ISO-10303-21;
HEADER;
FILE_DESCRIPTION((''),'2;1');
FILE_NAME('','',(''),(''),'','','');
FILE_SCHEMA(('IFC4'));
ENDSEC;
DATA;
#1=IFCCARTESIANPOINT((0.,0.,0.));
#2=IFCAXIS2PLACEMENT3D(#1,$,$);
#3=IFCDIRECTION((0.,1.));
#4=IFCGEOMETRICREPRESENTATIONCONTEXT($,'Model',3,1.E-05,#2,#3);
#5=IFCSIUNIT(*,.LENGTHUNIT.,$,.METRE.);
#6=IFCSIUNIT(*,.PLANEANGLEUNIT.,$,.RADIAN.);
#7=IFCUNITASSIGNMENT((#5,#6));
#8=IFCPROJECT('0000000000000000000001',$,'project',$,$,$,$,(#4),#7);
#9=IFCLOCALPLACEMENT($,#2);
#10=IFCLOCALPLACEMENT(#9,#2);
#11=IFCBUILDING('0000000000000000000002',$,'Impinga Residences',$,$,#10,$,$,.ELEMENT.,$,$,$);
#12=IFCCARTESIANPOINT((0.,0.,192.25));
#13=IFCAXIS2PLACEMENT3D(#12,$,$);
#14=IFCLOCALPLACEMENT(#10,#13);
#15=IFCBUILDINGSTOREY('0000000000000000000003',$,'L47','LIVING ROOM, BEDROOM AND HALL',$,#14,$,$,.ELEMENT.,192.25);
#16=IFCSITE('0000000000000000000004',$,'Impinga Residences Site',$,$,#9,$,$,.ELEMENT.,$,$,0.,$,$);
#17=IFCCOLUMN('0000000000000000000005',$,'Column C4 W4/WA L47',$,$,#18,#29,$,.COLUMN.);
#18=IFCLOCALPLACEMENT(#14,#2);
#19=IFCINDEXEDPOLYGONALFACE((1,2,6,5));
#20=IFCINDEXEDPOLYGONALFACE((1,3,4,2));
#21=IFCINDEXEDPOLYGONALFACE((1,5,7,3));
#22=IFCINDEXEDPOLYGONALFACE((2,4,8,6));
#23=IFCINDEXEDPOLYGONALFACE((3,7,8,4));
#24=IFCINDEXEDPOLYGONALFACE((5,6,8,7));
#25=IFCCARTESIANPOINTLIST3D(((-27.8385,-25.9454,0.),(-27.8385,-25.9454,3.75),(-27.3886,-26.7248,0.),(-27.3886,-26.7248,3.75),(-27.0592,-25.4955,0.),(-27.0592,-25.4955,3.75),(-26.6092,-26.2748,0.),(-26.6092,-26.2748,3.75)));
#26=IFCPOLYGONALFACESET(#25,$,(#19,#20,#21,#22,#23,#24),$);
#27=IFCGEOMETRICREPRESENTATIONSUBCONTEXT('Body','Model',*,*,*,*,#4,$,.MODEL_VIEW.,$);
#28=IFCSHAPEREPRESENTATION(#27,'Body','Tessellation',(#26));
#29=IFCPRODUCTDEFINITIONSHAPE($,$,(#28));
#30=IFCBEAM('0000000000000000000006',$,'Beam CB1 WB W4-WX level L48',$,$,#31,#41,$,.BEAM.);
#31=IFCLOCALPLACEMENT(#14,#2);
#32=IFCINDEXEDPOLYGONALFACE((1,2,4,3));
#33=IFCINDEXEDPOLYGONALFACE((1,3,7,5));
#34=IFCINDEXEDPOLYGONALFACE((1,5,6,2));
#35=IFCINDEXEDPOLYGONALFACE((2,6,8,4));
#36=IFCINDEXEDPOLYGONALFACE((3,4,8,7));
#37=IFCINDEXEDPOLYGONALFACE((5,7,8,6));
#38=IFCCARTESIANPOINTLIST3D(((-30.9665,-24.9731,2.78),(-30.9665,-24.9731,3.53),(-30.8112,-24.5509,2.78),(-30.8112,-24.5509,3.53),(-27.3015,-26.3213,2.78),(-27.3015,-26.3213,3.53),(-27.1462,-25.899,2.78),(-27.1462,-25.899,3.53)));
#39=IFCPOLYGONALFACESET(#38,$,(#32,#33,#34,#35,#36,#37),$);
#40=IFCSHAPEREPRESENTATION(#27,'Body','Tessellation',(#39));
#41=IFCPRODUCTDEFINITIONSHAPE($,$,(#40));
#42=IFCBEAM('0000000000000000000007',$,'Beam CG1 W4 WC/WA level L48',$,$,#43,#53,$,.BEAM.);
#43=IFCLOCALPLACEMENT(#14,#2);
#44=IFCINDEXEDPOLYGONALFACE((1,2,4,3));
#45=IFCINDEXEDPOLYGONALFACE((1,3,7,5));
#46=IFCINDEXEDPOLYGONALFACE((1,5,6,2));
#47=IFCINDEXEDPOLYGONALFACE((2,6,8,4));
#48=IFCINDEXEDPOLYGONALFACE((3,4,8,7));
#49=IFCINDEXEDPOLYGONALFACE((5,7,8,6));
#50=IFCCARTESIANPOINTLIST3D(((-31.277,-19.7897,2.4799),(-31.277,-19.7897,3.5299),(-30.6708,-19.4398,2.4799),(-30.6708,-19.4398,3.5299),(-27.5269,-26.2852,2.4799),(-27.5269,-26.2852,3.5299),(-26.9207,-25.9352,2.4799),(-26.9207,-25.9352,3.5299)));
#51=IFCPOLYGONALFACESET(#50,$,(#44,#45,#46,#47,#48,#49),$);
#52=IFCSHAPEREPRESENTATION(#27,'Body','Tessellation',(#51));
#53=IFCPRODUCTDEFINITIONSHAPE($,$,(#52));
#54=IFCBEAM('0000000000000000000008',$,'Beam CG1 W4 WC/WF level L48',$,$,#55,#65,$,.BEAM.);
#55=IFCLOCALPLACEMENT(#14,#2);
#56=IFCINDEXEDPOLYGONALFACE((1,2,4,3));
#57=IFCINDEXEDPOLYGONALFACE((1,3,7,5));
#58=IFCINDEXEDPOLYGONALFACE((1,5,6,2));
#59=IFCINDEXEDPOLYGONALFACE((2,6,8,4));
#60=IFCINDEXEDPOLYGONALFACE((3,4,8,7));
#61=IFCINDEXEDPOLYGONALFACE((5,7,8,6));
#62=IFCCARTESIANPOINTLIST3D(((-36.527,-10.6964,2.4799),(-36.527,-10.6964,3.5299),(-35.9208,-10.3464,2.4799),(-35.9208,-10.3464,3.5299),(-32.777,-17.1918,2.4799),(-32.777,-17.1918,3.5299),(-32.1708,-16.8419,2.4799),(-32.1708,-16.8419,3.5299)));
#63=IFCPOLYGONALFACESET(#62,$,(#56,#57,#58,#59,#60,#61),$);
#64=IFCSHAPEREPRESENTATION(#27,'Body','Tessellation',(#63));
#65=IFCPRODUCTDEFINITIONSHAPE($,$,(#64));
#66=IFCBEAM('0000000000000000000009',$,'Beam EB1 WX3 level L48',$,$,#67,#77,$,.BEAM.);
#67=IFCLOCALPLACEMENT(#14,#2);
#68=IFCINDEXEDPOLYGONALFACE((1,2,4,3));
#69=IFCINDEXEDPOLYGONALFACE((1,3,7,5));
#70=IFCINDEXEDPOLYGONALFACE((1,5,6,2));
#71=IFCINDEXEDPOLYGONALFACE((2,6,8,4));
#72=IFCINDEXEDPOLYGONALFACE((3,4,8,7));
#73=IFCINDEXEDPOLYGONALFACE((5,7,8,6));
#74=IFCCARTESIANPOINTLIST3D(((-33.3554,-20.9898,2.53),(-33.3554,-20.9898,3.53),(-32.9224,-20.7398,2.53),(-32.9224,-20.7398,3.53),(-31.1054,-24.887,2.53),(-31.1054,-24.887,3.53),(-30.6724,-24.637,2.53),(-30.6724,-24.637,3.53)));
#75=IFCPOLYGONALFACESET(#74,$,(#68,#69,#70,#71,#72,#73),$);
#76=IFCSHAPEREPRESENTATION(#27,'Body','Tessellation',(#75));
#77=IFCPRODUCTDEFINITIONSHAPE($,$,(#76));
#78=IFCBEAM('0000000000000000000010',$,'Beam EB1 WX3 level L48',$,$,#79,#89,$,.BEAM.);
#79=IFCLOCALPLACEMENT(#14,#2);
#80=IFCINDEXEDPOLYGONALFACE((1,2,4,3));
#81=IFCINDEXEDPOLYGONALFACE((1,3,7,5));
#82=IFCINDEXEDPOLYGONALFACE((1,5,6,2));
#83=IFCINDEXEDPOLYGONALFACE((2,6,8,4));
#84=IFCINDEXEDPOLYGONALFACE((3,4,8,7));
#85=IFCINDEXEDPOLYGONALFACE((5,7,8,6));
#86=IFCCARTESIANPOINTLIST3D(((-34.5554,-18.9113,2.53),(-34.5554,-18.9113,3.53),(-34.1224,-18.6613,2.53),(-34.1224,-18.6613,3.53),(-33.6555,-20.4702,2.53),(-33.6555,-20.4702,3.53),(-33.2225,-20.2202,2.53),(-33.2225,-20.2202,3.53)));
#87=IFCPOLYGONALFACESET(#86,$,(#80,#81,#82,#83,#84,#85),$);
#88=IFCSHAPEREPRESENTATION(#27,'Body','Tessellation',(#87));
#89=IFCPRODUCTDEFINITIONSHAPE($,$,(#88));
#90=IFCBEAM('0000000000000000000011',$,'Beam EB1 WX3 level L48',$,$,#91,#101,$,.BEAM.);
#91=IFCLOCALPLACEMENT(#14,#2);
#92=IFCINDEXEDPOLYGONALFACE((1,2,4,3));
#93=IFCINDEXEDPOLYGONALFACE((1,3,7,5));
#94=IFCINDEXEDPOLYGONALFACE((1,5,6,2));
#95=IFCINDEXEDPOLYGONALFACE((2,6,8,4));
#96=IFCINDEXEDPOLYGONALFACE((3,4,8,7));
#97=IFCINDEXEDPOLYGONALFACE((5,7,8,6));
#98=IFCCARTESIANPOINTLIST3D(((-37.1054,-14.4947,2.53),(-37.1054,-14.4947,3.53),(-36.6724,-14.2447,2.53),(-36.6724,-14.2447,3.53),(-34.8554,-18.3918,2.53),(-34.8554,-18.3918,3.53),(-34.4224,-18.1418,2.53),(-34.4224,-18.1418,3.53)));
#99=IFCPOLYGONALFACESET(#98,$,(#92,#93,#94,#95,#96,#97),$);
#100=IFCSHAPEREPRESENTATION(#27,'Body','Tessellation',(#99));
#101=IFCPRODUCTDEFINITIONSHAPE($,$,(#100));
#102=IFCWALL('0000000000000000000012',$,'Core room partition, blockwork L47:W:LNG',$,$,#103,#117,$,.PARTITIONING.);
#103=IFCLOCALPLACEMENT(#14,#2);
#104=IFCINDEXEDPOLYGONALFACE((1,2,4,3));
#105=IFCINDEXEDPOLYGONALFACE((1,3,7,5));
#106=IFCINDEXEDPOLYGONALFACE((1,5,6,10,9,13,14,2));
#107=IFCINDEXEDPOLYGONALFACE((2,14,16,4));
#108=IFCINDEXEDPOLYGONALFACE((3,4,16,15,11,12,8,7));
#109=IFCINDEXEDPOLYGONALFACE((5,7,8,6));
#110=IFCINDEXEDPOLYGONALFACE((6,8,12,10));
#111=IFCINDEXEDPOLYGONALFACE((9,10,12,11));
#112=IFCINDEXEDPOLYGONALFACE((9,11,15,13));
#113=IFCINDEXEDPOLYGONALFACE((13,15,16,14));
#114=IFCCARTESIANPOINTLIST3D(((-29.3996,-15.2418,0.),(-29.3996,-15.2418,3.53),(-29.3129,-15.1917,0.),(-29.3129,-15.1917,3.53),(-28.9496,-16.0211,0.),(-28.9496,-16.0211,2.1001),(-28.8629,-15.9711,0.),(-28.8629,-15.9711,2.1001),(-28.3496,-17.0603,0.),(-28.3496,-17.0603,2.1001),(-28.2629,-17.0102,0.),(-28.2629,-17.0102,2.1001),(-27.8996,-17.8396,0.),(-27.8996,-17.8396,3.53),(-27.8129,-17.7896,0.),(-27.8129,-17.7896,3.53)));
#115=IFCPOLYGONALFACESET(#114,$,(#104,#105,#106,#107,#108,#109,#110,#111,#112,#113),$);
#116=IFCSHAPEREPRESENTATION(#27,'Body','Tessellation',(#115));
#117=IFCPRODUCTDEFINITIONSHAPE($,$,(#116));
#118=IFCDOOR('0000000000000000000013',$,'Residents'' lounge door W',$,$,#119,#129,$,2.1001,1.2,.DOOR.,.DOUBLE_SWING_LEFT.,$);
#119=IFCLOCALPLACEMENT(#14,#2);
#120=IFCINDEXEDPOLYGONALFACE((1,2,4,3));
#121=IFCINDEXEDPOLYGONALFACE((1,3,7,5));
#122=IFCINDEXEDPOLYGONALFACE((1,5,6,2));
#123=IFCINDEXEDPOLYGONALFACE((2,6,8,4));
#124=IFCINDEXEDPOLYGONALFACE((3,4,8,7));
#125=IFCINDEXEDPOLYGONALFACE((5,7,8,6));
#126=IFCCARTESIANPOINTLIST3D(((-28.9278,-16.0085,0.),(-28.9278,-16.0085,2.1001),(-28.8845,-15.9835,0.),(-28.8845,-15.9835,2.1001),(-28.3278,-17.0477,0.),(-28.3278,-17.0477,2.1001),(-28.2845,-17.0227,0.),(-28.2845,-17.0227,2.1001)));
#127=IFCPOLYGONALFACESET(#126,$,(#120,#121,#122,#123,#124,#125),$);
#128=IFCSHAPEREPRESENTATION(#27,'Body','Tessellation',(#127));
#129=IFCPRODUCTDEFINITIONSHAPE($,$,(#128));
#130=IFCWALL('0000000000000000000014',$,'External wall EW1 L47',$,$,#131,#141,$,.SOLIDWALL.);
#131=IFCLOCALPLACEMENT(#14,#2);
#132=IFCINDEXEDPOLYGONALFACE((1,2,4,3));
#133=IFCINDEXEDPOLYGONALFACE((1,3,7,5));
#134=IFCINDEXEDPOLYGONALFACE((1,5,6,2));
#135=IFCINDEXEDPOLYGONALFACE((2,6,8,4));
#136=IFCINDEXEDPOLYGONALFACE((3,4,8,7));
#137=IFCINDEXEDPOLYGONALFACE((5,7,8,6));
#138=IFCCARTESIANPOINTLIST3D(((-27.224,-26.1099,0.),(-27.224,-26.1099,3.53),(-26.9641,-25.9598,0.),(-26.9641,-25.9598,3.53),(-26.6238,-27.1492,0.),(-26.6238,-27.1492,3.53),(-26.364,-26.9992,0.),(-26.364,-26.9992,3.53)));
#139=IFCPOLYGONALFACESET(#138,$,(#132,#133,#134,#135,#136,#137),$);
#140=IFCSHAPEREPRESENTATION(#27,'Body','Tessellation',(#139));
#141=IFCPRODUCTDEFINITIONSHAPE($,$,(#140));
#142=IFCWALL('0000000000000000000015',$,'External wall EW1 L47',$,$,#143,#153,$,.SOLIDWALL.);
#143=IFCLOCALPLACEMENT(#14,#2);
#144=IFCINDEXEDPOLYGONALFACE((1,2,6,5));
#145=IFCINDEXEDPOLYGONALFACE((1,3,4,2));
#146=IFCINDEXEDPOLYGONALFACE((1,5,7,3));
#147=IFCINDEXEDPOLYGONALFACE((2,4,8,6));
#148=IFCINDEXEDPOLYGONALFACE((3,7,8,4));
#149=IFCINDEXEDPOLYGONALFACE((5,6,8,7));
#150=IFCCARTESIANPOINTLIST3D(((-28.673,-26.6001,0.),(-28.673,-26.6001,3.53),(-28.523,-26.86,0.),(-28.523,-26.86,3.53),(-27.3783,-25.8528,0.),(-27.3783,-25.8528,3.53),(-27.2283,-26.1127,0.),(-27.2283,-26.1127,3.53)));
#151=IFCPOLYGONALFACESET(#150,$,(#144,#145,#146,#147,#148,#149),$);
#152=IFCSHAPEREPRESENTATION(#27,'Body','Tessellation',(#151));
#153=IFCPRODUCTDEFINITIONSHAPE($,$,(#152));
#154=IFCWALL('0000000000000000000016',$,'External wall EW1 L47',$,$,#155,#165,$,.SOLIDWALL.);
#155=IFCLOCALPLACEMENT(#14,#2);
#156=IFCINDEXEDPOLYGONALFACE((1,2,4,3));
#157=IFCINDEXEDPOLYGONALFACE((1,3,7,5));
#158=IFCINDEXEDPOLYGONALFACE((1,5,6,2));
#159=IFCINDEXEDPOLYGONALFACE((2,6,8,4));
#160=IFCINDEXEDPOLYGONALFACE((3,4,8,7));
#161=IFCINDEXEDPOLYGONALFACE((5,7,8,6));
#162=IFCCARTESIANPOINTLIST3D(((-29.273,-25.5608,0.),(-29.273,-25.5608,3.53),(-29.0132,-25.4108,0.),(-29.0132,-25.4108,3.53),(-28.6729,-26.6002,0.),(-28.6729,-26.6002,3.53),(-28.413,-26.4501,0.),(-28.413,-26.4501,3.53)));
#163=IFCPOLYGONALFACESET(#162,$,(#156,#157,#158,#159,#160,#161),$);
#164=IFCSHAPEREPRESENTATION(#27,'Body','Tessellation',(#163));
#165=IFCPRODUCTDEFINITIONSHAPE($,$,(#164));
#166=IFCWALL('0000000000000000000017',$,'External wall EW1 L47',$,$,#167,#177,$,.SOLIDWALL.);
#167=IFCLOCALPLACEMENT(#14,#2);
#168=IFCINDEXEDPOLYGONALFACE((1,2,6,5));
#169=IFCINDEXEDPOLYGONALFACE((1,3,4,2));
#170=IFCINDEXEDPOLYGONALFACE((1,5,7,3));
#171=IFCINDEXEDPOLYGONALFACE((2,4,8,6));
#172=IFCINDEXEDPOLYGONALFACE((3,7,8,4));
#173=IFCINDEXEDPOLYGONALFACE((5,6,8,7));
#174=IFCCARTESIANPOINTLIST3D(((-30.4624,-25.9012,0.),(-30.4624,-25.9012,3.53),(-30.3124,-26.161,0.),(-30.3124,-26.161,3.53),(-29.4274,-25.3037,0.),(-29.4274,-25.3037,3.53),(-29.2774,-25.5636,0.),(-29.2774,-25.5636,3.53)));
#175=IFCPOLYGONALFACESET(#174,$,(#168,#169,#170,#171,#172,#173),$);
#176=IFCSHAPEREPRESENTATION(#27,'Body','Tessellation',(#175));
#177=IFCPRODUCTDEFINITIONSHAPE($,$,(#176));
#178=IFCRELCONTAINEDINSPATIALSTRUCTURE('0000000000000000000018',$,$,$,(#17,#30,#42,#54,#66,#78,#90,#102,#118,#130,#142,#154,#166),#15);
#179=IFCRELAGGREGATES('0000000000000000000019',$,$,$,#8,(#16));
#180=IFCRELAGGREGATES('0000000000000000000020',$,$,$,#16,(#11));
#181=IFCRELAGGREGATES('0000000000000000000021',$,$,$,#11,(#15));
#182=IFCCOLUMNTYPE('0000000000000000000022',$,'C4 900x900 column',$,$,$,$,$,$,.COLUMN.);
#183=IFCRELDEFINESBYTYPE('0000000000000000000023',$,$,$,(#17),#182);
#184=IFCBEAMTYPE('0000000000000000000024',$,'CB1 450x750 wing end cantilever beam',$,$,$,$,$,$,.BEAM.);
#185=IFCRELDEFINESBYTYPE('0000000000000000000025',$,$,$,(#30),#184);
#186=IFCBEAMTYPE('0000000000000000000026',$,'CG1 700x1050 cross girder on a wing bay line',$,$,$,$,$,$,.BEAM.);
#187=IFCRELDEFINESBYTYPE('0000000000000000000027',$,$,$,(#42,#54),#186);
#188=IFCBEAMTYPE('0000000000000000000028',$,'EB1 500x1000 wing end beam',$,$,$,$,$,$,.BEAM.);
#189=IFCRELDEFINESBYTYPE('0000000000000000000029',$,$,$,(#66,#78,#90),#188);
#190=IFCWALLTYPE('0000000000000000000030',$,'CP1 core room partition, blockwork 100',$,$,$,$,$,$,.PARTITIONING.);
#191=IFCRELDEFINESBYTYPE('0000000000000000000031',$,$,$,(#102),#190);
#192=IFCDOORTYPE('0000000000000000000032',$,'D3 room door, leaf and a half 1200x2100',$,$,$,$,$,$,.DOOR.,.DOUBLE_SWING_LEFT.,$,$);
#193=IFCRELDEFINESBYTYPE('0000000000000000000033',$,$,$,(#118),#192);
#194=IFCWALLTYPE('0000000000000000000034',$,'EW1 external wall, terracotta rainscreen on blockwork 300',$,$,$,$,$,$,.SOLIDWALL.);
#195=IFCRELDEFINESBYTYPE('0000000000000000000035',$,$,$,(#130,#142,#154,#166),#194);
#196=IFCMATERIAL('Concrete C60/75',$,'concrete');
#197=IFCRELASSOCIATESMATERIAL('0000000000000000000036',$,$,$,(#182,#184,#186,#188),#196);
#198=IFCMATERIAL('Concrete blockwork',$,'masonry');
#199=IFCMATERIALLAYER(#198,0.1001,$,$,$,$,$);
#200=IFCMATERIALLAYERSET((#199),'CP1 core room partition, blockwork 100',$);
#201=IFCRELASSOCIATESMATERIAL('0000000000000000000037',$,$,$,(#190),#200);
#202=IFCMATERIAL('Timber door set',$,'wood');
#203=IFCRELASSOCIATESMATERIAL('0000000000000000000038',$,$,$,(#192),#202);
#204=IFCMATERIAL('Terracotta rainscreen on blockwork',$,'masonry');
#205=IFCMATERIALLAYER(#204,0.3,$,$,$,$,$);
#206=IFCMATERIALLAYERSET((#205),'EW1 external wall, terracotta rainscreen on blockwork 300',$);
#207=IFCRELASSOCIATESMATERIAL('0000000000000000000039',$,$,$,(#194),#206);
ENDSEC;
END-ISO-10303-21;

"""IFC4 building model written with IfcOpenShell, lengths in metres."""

from ifc_helpers import new_model, si_unit, direction, frame, frame_2d, origin, origin_2d, place, context, subcontext, project, spatial, rectangle, extrude, material, layer, layer_set, material_profile, profile_set, type_object, element, fill, save


model = new_model("IFC4")

# Units and contexts
model_context = context("Model", 3, precision=1e-05, world=origin(), true_north=direction((0.0, 1.0)))
body_context = subcontext(model_context, "Body", "Model", "MODEL_VIEW")
ifc_project = project(units=[si_unit("LENGTHUNIT", "METRE"), si_unit("PLANEANGLEUNIT", "RADIAN")], contexts=[model_context])

# Site, building, storey
site_placement = place(None, origin())
site = spatial("IfcSite", under=ifc_project, at=site_placement, Name="Impinga Residences Site", CompositionType="ELEMENT", RefElevation=0.0)
building_placement = place(site_placement, origin())
building = spatial("IfcBuilding", under=site, at=building_placement, Name="Impinga Residences", CompositionType="ELEMENT")
storey_placement = place(building_placement, frame((0.0, 0.0, 192.25)))
storey = spatial("IfcBuildingStorey", under=building, at=storey_placement, Name="L47", Description="LIVING ROOM, BEDROOM AND HALL", CompositionType="ELEMENT", Elevation=192.25)

# Column
ifc_material_1 = material(Name="Concrete C60/75", Category="concrete")
ifc_material_profile_1 = material_profile(ifc_material_1, rectangle(XDim=0.8999, YDim=0.8999, at=origin_2d()), Name="RC 900x900")
ifc_profile_set_1 = profile_set([ifc_material_profile_1], Name="Concrete C60/75")
column_type = type_object("IfcColumnType", Name="C4 900x900 column", PredefinedType="COLUMN", material=ifc_profile_set_1)
column_placement = place(storey_placement, frame((-27.2239, -26.1101, 0.0), z_axis=(0.0, 0.0, 1.0), x_axis=(-0.5, 0.866025, 0.0)))
element("IfcColumn", 1, at=column_placement, inside=storey, type_object=column_type, Name="Column C4 W4/WA L47", PredefinedType="COLUMN", context=body_context, shape_type="SweptSolid", body=[
    extrude(rectangle(XDim=0.8999, YDim=0.8999, at=origin_2d()), origin(), (0.0, 0.0, 1.0), 3.75),
])

# Beams
ifc_material_profile_2 = material_profile(ifc_material_1, rectangle(XDim=0.45, YDim=0.75, at=origin_2d()), Name="RC 450x750")
ifc_profile_set_2 = profile_set([ifc_material_profile_2], Name="Concrete C60/75")
beam_type_1 = type_object("IfcBeamType", Name="CB1 450x750 wing end cantilever beam", PredefinedType="BEAM", material=ifc_profile_set_2)
beam_1_placement = place(storey_placement, frame((-27.2239, -26.1101, 3.155), z_axis=(-0.93852, 0.345224, 0.0), x_axis=(-0.345224, -0.93852, 0.0)))
element("IfcBeam", 2, at=beam_1_placement, inside=storey, type_object=beam_type_1, Name="Beam CB1 WB W4-WX level L48", PredefinedType="BEAM", context=body_context, shape_type="SweptSolid", body=[
    extrude(rectangle(XDim=0.45, YDim=0.75, at=origin_2d()), origin(), (0.0, 0.0, 1.0), 3.905),
])
ifc_material_profile_3 = material_profile(ifc_material_1, rectangle(XDim=0.7, YDim=1.05, at=origin_2d()), Name="RC 700x1050")
ifc_profile_set_3 = profile_set([ifc_material_profile_3], Name="Concrete C60/75")
beam_type_2 = type_object("IfcBeamType", Name="CG1 700x1050 cross girder on a wing bay line", PredefinedType="BEAM", material=ifc_profile_set_3)
for number, where, z_axis, x_axis, name in (
    (3, (-30.9739, -19.6147, 3.0049), (0.49999, -0.866031, 0.0), (0.866031, 0.49999, 0.0), "Beam CG1 W4 WC/WA level L48"),
    (4, (-32.4739, -17.0168, 3.0049), (-0.49999, 0.866031, 0.0), (-0.866031, -0.49999, 0.0), "Beam CG1 W4 WC/WF level L48"),
):
    element("IfcBeam", number, at=place(storey_placement, frame(where, z_axis=z_axis, x_axis=x_axis)), inside=storey, type_object=beam_type_2, Name=name, PredefinedType="BEAM", context=body_context, shape_type="SweptSolid", body=[
        extrude(rectangle(XDim=0.7, YDim=1.05, at=origin_2d()), origin(), (0.0, 0.0, 1.0), 7.5002),
    ])
ifc_material_profile_4 = material_profile(ifc_material_1, rectangle(XDim=0.5, YDim=1.0, at=origin_2d()), Name="RC 500x1000")
ifc_profile_set_4 = profile_set([ifc_material_profile_4], Name="Concrete C60/75")
beam_type_3 = type_object("IfcBeamType", Name="EB1 500x1000 wing end beam", PredefinedType="BEAM", material=ifc_profile_set_4)
beam_2_placement = place(storey_placement, frame((-30.8889, -24.762, 3.03), z_axis=(-0.49999, 0.866031, 0.0), x_axis=(-0.866031, -0.49999, 0.0)))
element("IfcBeam", 5, at=beam_2_placement, inside=storey, type_object=beam_type_3, Name="Beam EB1 WX3 level L48", PredefinedType="BEAM", context=body_context, shape_type="SweptSolid", body=[
    extrude(rectangle(XDim=0.5, YDim=1.0, at=origin_2d()), origin(), (0.0, 0.0, 1.0), 4.5),
])
beam_3_placement = place(storey_placement, frame((-33.439, -20.3452, 3.03), z_axis=(-0.499961, 0.866048, 0.0), x_axis=(-0.866048, -0.499961, 0.0)))
element("IfcBeam", 6, at=beam_3_placement, inside=storey, type_object=beam_type_3, Name="Beam EB1 WX3 level L48", PredefinedType="BEAM", context=body_context, shape_type="SweptSolid", body=[
    extrude(rectangle(XDim=0.5, YDim=1.0, at=origin_2d()), origin(), (0.0, 0.0, 1.0), 1.8),
])
beam_4_placement = place(storey_placement, frame((-34.6389, -18.2668, 3.03), z_axis=(-0.49999, 0.866031, 0.0), x_axis=(-0.866031, -0.49999, 0.0)))
element("IfcBeam", 7, at=beam_4_placement, inside=storey, type_object=beam_type_3, Name="Beam EB1 WX3 level L48", PredefinedType="BEAM", context=body_context, shape_type="SweptSolid", body=[
    extrude(rectangle(XDim=0.5, YDim=1.0, at=origin_2d()), origin(), (0.0, 0.0, 1.0), 4.5),
])

# Wall, opening, door
ifc_material_2 = material(Name="Concrete blockwork", Category="masonry")
ifc_layer_1 = layer(ifc_material_2, 0.1001)
ifc_layer_set_1 = layer_set([ifc_layer_1], Name="CP1 core room partition, blockwork 100")
wall_type_1 = type_object("IfcWallType", Name="CP1 core room partition, blockwork 100", PredefinedType="PARTITIONING", material=ifc_layer_set_1)
wall_1_placement = place(storey_placement, frame((-27.8562, -17.8147, 0.0), z_axis=(0.0, 0.0, 1.0), x_axis=(-0.500025, 0.866011, 0.0)))
wall_1 = element("IfcWall", 8, at=wall_1_placement, inside=storey, type_object=wall_type_1, Name="Core room partition, blockwork L47:W:LNG", PredefinedType="PARTITIONING", context=body_context, shape_type="SweptSolid", body=[
    extrude(rectangle(XDim=2.9998, YDim=0.1001, at=frame_2d((1.5, 0.0))), origin(), (0.0, 0.0, 1.0), 3.53),
])
opening_1_placement = place(wall_1_placement, frame((0.8999, 0.0, 0.0)))
opening_1 = element("IfcOpeningElement", 9, at=opening_1_placement, cuts=wall_1, PredefinedType="OPENING", context=body_context, shape_type="SweptSolid", body=[
    extrude(rectangle(XDim=1.2, YDim=2.1001, at=frame_2d((0.6001, 1.05))), frame((0.0, 0.0601, 0.0), z_axis=(0.0, -1.0, 0.0), x_axis=(1.0, 0.0, 0.0)), (0.0, 0.0, 1.0), 0.1201),
])
ifc_material_3 = material(Name="Timber door set", Category="wood")
door_type_1 = type_object("IfcDoorType", Name="D3 room door, leaf and a half 1200x2100", OperationType="DOUBLE_SWING_LEFT", PredefinedType="DOOR", material=ifc_material_3)
door_1_placement = place(opening_1_placement, origin())
door_1 = element("IfcDoor", 10, at=door_1_placement, inside=storey, type_object=door_type_1, Name="Residents' lounge door W", OperationType="DOUBLE_SWING_LEFT", OverallHeight=2.1001, OverallWidth=1.2, PredefinedType="DOOR", context=body_context, shape_type="SweptSolid", body=[
    extrude(rectangle(XDim=1.2, YDim=2.1001, at=frame_2d((0.6001, 1.05))), frame((0.0, 0.0249, 0.0), z_axis=(0.0, -1.0, 0.0), x_axis=(1.0, 0.0, 0.0)), (0.0, 0.0, 1.0), 0.05),
])
fill(opening_1, door_1)

# Walls
ifc_material_4 = material(Name="Terracotta rainscreen on blockwork", Category="masonry")
ifc_layer_2 = layer(ifc_material_4, 0.3)
ifc_layer_set_2 = layer_set([ifc_layer_2], Name="EW1 external wall, terracotta rainscreen on blockwork 300")
wall_type_2 = type_object("IfcWallType", Name="EW1 external wall, terracotta rainscreen on blockwork 300", PredefinedType="SOLIDWALL", material=ifc_layer_set_2)
wall_2_placement = place(storey_placement, frame((-26.4939, -27.0742, 0.0), z_axis=(0.0, 0.0, 1.0), x_axis=(-0.500034, 0.866006, 0.0)))
element("IfcWall", 11, at=wall_2_placement, inside=storey, type_object=wall_type_2, Name="External wall EW1 L47", PredefinedType="SOLIDWALL", context=body_context, shape_type="SweptSolid", body=[
    extrude(rectangle(XDim=1.2002, YDim=0.3, at=frame_2d((0.6001, 0.0))), origin(), (0.0, 0.0, 1.0), 3.53),
])
wall_3_placement = place(storey_placement, frame((-27.3032, -25.9827, 0.0), z_axis=(0.0, 0.0, 1.0), x_axis=(-0.866074, -0.499916, 0.0)))
element("IfcWall", 12, at=wall_3_placement, inside=storey, type_object=wall_type_2, Name="External wall EW1 L47", PredefinedType="SOLIDWALL", context=body_context, shape_type="SweptSolid", body=[
    extrude(rectangle(XDim=1.4949, YDim=0.3, at=frame_2d((0.7476, 0.0))), origin(), (0.0, 0.0, 1.0), 3.53),
])
wall_4_placement = place(storey_placement, frame((-28.543, -26.5251, 0.0), z_axis=(0.0, 0.0, 1.0), x_axis=(-0.500034, 0.866006, 0.0)))
element("IfcWall", 13, at=wall_4_placement, inside=storey, type_object=wall_type_2, Name="External wall EW1 L47", PredefinedType="SOLIDWALL", context=body_context, shape_type="SweptSolid", body=[
    extrude(rectangle(XDim=1.2002, YDim=0.3, at=frame_2d((0.6001, 0.0))), origin(), (0.0, 0.0, 1.0), 3.53),
])
wall_5_placement = place(storey_placement, frame((-29.3523, -25.4336, 0.0), z_axis=(0.0, 0.0, 1.0), x_axis=(-0.86606, -0.499941, 0.0)))
element("IfcWall", 14, at=wall_5_placement, inside=storey, type_object=wall_type_2, Name="External wall EW1 L47", PredefinedType="SOLIDWALL", context=body_context, shape_type="SweptSolid", body=[
    extrude(rectangle(XDim=1.1951, YDim=0.3, at=frame_2d((0.5977, 0.0))), origin(), (0.0, 0.0, 1.0), 3.53),
])

save(model, "model.ifc")
